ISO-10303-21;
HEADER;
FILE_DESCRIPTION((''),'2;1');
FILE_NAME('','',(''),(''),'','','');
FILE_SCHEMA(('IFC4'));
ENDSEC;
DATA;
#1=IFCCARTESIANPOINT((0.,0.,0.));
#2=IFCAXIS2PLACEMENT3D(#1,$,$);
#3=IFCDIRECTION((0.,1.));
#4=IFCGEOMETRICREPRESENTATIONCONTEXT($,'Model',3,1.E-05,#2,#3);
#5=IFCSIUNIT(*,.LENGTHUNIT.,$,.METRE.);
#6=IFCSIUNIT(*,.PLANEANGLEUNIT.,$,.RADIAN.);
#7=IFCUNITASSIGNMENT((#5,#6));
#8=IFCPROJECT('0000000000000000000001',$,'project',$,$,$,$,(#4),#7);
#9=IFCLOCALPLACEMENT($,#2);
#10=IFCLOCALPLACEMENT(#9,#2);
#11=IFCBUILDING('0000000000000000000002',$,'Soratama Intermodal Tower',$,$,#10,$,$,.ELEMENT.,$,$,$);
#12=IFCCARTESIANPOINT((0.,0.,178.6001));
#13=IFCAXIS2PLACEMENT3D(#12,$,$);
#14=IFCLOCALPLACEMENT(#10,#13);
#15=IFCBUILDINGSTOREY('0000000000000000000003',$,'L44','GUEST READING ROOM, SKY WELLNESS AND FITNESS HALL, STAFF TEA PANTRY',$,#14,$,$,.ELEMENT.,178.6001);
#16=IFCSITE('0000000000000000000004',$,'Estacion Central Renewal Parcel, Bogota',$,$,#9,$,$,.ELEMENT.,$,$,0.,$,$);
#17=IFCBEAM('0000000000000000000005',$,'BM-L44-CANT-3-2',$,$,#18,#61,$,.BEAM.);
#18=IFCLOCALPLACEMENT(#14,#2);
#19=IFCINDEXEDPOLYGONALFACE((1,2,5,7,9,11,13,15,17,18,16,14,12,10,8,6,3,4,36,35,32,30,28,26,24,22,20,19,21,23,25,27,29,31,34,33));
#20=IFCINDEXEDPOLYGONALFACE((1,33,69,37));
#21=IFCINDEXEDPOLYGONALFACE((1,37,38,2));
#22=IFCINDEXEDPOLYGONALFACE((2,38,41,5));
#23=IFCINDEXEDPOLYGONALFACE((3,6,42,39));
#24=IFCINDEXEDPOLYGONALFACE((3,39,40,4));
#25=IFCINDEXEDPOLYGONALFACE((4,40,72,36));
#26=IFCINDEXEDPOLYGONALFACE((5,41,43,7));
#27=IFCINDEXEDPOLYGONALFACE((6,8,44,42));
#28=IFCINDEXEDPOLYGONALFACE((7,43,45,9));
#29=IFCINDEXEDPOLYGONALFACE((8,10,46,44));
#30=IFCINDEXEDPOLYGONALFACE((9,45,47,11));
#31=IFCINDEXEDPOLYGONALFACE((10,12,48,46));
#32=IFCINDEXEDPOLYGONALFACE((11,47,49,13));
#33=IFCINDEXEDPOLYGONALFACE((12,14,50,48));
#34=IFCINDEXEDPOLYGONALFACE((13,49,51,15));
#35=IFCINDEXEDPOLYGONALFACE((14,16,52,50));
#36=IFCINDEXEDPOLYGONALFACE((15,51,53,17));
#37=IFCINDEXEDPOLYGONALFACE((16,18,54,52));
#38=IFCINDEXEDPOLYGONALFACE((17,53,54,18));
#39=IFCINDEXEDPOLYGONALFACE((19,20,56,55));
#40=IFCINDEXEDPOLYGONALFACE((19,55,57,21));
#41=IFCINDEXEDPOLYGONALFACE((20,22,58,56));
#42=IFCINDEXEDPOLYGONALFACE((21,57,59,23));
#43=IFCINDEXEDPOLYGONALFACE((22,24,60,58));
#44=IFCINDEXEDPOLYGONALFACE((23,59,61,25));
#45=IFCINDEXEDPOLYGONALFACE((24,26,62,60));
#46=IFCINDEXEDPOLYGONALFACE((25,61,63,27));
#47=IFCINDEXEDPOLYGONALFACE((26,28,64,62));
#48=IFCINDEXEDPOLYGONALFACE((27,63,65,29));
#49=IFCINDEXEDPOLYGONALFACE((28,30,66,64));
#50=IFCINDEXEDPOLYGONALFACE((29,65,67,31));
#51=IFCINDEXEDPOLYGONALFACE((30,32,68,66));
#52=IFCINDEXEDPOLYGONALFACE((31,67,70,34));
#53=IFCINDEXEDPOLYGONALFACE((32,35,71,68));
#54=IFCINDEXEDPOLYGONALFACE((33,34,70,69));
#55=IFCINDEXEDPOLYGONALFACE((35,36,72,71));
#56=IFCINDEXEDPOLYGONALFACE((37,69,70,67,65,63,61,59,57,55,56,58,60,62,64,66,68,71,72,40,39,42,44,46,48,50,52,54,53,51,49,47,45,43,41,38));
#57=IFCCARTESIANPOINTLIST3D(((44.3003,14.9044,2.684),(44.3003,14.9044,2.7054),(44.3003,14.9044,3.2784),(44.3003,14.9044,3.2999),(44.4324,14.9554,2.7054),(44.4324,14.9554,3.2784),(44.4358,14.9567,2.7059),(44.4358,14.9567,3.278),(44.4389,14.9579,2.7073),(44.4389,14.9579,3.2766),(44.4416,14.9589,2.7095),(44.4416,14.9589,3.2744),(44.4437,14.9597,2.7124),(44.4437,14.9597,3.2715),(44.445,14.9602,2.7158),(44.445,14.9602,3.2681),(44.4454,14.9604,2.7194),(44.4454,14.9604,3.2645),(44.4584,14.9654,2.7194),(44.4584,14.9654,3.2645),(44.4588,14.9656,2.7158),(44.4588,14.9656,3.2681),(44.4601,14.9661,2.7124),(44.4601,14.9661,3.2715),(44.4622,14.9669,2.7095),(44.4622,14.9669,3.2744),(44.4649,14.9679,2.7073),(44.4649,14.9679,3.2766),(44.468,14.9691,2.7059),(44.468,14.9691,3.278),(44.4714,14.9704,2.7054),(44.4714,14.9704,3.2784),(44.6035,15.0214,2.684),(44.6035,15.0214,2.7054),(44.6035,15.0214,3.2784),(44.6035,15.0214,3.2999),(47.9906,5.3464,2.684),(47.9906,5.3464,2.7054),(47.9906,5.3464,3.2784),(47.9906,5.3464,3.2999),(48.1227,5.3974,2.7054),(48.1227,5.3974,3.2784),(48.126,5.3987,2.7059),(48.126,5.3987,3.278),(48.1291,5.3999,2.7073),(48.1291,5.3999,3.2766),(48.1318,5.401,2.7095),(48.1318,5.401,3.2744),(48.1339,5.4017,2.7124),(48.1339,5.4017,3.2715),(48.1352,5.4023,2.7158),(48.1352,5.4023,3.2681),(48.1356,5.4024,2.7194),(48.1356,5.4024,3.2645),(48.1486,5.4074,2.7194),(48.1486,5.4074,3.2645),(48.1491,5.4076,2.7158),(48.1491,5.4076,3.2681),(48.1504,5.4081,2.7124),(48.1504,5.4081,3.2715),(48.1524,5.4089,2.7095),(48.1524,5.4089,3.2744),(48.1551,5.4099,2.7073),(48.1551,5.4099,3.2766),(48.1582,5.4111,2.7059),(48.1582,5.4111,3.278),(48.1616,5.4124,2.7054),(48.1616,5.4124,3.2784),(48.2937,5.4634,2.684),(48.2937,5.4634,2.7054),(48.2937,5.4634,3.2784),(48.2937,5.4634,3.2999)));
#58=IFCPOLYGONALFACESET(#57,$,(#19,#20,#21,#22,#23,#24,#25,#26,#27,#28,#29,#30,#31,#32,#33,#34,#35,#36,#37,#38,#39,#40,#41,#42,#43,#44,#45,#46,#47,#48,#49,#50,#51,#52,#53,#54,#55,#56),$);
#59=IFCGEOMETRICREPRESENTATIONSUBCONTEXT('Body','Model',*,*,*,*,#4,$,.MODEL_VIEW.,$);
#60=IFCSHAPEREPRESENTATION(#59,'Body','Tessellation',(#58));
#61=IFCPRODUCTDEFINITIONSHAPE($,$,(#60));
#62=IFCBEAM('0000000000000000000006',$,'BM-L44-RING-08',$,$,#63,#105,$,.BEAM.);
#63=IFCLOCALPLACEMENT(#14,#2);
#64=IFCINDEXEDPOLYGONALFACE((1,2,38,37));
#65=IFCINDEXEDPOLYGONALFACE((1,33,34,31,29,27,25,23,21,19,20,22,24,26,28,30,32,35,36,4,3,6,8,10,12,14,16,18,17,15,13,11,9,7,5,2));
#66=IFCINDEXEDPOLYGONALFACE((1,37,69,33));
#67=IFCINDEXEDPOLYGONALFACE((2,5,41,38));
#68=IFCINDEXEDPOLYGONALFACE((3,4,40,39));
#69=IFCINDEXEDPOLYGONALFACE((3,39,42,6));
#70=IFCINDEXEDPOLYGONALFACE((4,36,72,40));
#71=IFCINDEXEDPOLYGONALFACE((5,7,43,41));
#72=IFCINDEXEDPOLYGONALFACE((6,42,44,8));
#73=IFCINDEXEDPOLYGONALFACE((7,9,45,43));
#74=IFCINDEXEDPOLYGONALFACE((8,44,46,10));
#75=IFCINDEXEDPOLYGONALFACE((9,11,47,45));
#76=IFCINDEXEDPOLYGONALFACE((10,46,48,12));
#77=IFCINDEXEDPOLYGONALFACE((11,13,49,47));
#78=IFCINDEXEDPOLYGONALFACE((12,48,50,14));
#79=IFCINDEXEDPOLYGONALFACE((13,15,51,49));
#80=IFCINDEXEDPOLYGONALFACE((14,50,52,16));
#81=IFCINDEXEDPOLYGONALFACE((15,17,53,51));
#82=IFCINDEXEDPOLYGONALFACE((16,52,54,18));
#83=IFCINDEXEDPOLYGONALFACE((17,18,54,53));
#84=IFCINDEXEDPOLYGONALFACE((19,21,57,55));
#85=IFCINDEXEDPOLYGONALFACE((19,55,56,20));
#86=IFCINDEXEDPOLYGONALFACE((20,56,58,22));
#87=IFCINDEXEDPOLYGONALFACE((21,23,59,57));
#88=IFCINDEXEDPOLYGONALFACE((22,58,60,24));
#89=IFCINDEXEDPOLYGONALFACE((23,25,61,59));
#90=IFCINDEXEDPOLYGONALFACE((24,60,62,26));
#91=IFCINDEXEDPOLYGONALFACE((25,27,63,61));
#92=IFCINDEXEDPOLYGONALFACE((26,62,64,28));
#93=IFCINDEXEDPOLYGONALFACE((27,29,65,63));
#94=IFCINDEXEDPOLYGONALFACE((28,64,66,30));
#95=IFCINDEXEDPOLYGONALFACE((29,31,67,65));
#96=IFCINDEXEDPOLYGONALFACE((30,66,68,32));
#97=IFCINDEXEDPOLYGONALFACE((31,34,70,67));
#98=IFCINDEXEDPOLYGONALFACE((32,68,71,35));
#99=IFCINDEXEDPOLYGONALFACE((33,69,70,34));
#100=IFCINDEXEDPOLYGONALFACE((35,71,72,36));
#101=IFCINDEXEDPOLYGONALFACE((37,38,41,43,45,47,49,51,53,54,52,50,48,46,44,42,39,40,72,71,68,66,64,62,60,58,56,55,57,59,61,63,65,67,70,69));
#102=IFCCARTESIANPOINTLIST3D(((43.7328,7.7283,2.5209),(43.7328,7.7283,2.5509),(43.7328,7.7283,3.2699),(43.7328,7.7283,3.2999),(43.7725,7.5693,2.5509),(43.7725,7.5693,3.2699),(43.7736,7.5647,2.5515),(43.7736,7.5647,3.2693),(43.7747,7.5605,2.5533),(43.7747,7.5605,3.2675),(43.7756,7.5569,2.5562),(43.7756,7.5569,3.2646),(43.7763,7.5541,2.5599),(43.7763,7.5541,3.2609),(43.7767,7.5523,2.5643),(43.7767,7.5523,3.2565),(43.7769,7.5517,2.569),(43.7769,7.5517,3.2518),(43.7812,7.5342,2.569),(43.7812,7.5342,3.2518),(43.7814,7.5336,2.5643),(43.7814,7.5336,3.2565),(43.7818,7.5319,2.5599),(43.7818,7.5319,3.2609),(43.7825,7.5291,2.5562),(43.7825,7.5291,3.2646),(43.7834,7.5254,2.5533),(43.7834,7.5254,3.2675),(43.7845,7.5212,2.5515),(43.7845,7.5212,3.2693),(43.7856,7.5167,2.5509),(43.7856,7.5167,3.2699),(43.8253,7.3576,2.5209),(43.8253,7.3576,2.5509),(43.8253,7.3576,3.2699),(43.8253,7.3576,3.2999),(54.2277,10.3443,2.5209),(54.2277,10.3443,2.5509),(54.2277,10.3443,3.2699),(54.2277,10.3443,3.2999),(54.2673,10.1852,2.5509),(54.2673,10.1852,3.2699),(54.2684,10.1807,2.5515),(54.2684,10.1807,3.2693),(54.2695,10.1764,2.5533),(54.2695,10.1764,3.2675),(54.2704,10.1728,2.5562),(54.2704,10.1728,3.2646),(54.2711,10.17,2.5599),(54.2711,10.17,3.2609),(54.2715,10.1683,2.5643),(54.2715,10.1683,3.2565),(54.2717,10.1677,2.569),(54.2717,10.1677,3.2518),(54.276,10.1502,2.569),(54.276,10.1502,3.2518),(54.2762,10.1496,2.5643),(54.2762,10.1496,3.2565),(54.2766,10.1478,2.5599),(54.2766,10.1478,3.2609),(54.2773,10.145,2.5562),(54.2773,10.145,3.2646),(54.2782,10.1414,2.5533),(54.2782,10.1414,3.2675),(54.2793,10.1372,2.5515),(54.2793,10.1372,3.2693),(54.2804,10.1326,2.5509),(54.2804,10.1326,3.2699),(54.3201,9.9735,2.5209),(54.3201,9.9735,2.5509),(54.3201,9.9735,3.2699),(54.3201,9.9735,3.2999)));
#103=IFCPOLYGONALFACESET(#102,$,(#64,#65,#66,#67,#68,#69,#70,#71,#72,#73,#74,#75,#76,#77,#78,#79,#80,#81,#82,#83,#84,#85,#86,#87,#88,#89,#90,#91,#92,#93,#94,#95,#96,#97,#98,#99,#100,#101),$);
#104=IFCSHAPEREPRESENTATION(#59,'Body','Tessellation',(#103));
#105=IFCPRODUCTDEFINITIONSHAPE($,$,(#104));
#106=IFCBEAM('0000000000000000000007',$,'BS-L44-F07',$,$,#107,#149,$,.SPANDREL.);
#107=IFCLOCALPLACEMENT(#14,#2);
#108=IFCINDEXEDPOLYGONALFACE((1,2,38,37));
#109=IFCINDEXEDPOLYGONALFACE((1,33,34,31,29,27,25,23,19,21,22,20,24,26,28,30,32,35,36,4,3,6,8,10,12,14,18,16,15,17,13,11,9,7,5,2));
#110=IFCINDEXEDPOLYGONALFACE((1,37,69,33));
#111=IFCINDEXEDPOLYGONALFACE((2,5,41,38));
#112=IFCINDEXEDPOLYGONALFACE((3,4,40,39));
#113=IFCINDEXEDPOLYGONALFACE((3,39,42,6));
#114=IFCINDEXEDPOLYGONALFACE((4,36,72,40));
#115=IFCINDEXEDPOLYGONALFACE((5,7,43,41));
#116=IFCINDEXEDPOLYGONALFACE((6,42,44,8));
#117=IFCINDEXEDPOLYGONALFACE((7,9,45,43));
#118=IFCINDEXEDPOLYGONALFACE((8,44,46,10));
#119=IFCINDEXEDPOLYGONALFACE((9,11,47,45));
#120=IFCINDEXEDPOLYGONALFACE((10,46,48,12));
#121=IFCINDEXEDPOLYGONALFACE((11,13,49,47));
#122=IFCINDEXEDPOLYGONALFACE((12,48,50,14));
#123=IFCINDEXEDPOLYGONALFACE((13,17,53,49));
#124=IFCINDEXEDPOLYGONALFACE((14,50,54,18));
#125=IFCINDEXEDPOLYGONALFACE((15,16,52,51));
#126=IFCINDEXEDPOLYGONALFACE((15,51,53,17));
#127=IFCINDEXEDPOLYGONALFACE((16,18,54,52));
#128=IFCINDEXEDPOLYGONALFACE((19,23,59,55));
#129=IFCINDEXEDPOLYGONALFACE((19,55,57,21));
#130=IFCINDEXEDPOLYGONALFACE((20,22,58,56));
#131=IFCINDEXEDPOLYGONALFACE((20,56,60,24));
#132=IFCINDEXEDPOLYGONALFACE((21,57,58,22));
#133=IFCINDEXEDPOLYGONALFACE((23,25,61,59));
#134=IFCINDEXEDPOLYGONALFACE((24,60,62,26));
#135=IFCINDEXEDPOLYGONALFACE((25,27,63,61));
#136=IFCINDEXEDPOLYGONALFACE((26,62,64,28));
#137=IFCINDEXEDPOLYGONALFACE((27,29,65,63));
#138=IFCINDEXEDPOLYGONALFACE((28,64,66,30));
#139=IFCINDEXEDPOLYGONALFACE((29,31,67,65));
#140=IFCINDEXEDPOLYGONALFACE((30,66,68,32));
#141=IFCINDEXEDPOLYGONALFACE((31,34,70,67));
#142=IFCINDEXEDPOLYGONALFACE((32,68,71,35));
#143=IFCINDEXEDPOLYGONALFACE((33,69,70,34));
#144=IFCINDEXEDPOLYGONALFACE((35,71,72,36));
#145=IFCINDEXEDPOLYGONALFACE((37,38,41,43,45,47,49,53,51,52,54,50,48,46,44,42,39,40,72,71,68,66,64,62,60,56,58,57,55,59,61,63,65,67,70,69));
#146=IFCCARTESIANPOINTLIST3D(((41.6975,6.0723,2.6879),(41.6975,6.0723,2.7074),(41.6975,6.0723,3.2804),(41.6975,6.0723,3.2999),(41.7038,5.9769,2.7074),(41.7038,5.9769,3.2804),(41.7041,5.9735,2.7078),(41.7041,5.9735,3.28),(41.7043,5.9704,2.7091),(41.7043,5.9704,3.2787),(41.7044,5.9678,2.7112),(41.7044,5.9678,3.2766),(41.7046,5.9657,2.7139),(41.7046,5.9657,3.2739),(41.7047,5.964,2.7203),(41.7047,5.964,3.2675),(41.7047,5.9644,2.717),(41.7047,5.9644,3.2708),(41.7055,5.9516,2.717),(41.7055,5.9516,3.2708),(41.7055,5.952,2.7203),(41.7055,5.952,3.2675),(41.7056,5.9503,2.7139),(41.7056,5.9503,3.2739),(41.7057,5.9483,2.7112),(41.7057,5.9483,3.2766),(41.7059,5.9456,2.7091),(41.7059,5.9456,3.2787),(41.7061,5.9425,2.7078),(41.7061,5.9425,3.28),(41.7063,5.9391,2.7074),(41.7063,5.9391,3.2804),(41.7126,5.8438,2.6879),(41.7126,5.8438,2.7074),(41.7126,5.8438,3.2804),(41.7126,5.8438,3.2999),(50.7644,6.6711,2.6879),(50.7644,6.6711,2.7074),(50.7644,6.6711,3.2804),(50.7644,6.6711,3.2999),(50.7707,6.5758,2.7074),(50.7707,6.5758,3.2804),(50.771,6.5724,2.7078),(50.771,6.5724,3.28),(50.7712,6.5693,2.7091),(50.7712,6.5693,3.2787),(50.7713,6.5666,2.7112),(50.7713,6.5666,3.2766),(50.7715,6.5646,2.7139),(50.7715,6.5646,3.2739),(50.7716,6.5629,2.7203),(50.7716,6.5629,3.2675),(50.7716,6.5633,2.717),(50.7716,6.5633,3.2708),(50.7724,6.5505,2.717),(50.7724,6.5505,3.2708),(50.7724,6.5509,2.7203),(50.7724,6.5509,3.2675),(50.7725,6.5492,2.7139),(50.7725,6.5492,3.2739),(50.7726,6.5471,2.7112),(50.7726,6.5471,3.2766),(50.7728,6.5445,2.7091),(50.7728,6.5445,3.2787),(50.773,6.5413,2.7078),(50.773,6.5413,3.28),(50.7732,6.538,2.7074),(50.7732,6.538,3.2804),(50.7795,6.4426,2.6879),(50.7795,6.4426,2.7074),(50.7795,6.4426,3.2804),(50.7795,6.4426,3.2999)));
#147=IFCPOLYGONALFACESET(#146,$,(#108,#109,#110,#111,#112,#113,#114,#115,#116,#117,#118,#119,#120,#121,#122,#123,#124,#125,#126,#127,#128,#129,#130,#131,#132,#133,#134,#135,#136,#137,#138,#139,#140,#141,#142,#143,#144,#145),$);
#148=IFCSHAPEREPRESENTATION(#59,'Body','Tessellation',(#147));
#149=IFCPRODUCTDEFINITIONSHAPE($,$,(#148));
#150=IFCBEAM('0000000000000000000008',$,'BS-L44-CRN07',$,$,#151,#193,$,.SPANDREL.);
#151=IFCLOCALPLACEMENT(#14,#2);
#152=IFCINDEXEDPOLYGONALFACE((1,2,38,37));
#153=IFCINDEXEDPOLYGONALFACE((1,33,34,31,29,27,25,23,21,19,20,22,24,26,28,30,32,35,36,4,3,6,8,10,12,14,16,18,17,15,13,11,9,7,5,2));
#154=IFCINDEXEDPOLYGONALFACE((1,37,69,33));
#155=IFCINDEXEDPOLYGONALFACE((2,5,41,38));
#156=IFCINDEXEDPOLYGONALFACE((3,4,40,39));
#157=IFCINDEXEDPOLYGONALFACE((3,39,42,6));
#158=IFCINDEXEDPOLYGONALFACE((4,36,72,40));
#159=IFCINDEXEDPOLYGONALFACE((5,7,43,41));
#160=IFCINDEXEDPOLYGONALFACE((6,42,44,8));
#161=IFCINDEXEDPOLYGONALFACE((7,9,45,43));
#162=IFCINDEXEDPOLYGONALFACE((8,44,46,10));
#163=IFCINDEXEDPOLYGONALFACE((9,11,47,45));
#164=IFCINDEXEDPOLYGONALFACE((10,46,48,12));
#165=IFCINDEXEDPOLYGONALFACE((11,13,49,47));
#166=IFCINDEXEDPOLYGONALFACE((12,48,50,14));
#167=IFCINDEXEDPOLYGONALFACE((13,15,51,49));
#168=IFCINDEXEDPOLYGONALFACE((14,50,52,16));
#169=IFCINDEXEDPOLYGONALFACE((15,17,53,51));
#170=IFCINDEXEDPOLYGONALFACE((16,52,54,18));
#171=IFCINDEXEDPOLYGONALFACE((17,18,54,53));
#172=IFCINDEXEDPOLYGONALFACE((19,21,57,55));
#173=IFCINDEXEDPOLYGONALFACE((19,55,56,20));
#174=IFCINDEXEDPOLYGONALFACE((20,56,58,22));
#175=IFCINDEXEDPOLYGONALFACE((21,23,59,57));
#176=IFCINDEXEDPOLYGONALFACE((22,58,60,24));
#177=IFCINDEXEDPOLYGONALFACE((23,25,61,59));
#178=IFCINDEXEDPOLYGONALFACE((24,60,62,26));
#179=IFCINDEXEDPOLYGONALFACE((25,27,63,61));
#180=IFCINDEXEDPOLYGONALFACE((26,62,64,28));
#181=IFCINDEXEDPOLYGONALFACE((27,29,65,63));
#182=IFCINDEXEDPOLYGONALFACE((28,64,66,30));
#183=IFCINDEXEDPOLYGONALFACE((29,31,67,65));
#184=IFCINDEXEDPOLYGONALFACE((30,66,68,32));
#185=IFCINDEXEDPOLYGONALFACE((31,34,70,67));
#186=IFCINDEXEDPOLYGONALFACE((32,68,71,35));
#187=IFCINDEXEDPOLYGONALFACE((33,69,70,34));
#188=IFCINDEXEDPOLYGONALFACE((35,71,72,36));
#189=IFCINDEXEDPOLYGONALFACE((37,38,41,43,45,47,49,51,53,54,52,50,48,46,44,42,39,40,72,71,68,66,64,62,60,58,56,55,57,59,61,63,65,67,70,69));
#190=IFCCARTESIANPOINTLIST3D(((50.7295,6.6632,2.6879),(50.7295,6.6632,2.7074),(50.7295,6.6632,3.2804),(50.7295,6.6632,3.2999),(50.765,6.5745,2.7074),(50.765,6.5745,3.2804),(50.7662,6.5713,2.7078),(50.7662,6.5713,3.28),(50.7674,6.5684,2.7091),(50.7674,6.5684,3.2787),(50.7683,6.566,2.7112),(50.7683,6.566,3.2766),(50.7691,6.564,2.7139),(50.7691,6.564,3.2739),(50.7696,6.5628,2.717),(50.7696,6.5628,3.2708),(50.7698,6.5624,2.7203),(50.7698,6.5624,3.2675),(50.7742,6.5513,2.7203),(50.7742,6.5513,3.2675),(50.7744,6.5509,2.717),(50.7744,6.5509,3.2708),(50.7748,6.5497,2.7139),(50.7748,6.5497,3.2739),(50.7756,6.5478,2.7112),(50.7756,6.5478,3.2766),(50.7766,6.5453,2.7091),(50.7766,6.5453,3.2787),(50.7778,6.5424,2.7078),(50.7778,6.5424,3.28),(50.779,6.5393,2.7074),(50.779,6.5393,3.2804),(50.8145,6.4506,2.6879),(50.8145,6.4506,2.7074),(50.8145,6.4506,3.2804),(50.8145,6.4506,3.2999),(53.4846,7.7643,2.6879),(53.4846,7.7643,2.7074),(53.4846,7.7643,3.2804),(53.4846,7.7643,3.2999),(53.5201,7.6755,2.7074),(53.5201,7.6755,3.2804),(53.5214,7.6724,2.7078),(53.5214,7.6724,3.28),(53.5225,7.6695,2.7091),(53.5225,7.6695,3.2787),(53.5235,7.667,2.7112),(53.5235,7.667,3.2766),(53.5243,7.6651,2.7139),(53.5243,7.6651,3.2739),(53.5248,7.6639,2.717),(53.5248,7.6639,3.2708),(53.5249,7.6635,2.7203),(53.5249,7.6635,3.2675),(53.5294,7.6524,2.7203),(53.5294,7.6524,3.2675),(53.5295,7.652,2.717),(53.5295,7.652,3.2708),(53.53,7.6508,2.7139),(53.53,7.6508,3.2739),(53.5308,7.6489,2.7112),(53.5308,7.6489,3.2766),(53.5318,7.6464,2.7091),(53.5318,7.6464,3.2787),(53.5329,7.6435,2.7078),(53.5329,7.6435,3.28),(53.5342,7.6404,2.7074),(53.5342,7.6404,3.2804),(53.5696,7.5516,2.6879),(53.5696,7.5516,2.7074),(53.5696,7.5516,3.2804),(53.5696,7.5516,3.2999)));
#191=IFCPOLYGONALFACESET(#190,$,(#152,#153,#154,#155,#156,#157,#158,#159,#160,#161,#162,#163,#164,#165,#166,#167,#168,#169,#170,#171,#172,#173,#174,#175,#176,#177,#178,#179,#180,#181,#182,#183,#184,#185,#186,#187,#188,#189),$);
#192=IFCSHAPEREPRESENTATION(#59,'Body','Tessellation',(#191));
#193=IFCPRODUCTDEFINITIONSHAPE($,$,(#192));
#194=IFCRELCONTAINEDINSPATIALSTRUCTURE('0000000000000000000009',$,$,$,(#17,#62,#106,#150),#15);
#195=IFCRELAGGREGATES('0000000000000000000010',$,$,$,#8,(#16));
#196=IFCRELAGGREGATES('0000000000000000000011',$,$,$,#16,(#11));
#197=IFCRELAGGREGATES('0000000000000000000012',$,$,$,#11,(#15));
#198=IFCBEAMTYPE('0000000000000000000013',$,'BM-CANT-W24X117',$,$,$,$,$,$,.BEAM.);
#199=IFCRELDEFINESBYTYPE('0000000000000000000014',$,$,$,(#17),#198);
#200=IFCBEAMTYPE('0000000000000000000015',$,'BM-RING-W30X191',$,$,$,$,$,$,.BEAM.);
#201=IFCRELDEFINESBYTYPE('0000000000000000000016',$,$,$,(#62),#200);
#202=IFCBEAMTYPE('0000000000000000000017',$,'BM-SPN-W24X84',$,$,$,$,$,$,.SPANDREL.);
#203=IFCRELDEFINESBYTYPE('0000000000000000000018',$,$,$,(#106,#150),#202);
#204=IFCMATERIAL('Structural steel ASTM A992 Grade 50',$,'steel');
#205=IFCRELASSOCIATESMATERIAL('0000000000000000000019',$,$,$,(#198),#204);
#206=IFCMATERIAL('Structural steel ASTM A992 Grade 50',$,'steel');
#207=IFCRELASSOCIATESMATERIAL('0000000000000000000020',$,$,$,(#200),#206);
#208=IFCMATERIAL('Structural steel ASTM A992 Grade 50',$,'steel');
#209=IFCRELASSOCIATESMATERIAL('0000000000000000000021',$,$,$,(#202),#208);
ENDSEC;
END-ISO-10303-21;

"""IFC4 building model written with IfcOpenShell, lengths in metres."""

from ifc_helpers import new_model, si_unit, direction, frame, origin, origin_2d, place, context, subcontext, project, spatial, i_section, extrude, material, material_profile, profile_set, type_object, element, save


model = new_model("IFC4")

# Units and contexts
model_context = context("Model", 3, precision=1e-05, world=origin(), true_north=direction((0.0, 1.0)))
body_context = subcontext(model_context, "Body", "Model", "MODEL_VIEW")
ifc_project = project(units=[si_unit("LENGTHUNIT", "METRE"), si_unit("PLANEANGLEUNIT", "RADIAN")], contexts=[model_context])

# Site, building, storey
site_placement = place(None, origin())
site = spatial("IfcSite", under=ifc_project, at=site_placement, Name="Estacion Central Renewal Parcel, Bogota", CompositionType="ELEMENT", RefElevation=0.0)
building_placement = place(site_placement, origin())
building = spatial("IfcBuilding", under=site, at=building_placement, Name="Soratama Intermodal Tower", CompositionType="ELEMENT")
storey_placement = place(building_placement, frame((0.0, 0.0, 178.6001)))
storey = spatial("IfcBuildingStorey", under=building, at=storey_placement, Name="L44", Description="GUEST READING ROOM, SKY WELLNESS AND FITNESS HALL, STAFF TEA PANTRY", CompositionType="ELEMENT", Elevation=178.6001)

# Beams
ifc_material_1 = material(Name="Structural steel ASTM A992 Grade 50", Category="steel")
ifc_material_profile_1 = material_profile(ifc_material_1, i_section(OverallWidth=0.325, OverallDepth=0.616, WebThickness=0.0139, FlangeThickness=0.0215, FilletRadius=0.0139, at=origin_2d()), Name="W24X117")
ifc_profile_set_1 = profile_set([ifc_material_profile_1], Name="Structural steel ASTM A992 Grade 50")
beam_type_1 = type_object("IfcBeamType", Name="BM-CANT-W24X117", PredefinedType="BEAM", material=ifc_profile_set_1)
beam_1_placement = place(storey_placement, frame((44.4519, 14.9629, 2.9919), z_axis=(0.360176, -0.932884, 0.0), x_axis=(0.932884, 0.360176, 0.0)))
element("IfcBeam", 1, at=beam_1_placement, inside=storey, type_object=beam_type_1, Name="BM-L44-CANT-3-2", PredefinedType="BEAM", context=body_context, shape_type="SweptSolid", body=[
    extrude(i_section(OverallWidth=0.325, OverallDepth=0.616, WebThickness=0.0139, FlangeThickness=0.0215, FilletRadius=0.0139, at=origin_2d()), origin(), (0.0, 0.0, 1.0), 10.2456),
])
ifc_material_2 = material(Name="Structural steel ASTM A992 Grade 50", Category="steel")
ifc_material_profile_2 = material_profile(ifc_material_2, i_section(OverallWidth=0.3821, OverallDepth=0.7791, WebThickness=0.0181, FlangeThickness=0.03, FilletRadius=0.0181, at=origin_2d()), Name="W30X191")
ifc_profile_set_2 = profile_set([ifc_material_profile_2], Name="Structural steel ASTM A992 Grade 50")
beam_type_2 = type_object("IfcBeamType", Name="BM-RING-W30X191", PredefinedType="BEAM", material=ifc_profile_set_2)
beam_2_placement = place(storey_placement, frame((43.7791, 7.543, 2.9104), z_axis=(0.970311, 0.241861, 0.0), x_axis=(-0.241861, 0.970311, 0.0)))
element("IfcBeam", 2, at=beam_2_placement, inside=storey, type_object=beam_type_2, Name="BM-L44-RING-08", PredefinedType="BEAM", context=body_context, shape_type="SweptSolid", body=[
    extrude(i_section(OverallWidth=0.3821, OverallDepth=0.7791, WebThickness=0.0181, FlangeThickness=0.03, FilletRadius=0.0181, at=origin_2d()), origin(), (0.0, 0.0, 1.0), 10.8159),
])
ifc_material_3 = material(Name="Structural steel ASTM A992 Grade 50", Category="steel")
ifc_material_profile_3 = material_profile(ifc_material_3, i_section(OverallWidth=0.229, OverallDepth=0.6121, WebThickness=0.012, FlangeThickness=0.0195, FilletRadius=0.0129, at=origin_2d()), Name="W24X84")
ifc_profile_set_3 = profile_set([ifc_material_profile_3], Name="Structural steel ASTM A992 Grade 50")
beam_type_3 = type_object("IfcBeamType", Name="BM-SPN-W24X84", PredefinedType="SPANDREL", material=ifc_profile_set_3)
beam_3_placement = place(storey_placement, frame((41.7051, 5.958, 2.9939), z_axis=(0.997826, 0.065907, 0.0), x_axis=(-0.065907, 0.997826, 0.0)))
element("IfcBeam", 3, at=beam_3_placement, inside=storey, type_object=beam_type_3, Name="BS-L44-F07", PredefinedType="SPANDREL", context=body_context, shape_type="SweptSolid", body=[
    extrude(i_section(OverallWidth=0.229, OverallDepth=0.6121, WebThickness=0.012, FlangeThickness=0.0195, FilletRadius=0.0129, at=origin_2d()), origin(), (0.0, 0.0, 1.0), 9.0867),
])
beam_4_placement = place(storey_placement, frame((50.772, 6.5569, 2.9939), z_axis=(0.92859, 0.371107, 0.0), x_axis=(-0.371107, 0.92859, 0.0)))
element("IfcBeam", 4, at=beam_4_placement, inside=storey, type_object=beam_type_3, Name="BS-L44-CRN07", PredefinedType="SPANDREL", context=body_context, shape_type="SweptSolid", body=[
    extrude(i_section(OverallWidth=0.229, OverallDepth=0.6121, WebThickness=0.012, FlangeThickness=0.0195, FilletRadius=0.0129, at=origin_2d()), origin(), (0.0, 0.0, 1.0), 2.967),
])

save(model, "model.ifc")
